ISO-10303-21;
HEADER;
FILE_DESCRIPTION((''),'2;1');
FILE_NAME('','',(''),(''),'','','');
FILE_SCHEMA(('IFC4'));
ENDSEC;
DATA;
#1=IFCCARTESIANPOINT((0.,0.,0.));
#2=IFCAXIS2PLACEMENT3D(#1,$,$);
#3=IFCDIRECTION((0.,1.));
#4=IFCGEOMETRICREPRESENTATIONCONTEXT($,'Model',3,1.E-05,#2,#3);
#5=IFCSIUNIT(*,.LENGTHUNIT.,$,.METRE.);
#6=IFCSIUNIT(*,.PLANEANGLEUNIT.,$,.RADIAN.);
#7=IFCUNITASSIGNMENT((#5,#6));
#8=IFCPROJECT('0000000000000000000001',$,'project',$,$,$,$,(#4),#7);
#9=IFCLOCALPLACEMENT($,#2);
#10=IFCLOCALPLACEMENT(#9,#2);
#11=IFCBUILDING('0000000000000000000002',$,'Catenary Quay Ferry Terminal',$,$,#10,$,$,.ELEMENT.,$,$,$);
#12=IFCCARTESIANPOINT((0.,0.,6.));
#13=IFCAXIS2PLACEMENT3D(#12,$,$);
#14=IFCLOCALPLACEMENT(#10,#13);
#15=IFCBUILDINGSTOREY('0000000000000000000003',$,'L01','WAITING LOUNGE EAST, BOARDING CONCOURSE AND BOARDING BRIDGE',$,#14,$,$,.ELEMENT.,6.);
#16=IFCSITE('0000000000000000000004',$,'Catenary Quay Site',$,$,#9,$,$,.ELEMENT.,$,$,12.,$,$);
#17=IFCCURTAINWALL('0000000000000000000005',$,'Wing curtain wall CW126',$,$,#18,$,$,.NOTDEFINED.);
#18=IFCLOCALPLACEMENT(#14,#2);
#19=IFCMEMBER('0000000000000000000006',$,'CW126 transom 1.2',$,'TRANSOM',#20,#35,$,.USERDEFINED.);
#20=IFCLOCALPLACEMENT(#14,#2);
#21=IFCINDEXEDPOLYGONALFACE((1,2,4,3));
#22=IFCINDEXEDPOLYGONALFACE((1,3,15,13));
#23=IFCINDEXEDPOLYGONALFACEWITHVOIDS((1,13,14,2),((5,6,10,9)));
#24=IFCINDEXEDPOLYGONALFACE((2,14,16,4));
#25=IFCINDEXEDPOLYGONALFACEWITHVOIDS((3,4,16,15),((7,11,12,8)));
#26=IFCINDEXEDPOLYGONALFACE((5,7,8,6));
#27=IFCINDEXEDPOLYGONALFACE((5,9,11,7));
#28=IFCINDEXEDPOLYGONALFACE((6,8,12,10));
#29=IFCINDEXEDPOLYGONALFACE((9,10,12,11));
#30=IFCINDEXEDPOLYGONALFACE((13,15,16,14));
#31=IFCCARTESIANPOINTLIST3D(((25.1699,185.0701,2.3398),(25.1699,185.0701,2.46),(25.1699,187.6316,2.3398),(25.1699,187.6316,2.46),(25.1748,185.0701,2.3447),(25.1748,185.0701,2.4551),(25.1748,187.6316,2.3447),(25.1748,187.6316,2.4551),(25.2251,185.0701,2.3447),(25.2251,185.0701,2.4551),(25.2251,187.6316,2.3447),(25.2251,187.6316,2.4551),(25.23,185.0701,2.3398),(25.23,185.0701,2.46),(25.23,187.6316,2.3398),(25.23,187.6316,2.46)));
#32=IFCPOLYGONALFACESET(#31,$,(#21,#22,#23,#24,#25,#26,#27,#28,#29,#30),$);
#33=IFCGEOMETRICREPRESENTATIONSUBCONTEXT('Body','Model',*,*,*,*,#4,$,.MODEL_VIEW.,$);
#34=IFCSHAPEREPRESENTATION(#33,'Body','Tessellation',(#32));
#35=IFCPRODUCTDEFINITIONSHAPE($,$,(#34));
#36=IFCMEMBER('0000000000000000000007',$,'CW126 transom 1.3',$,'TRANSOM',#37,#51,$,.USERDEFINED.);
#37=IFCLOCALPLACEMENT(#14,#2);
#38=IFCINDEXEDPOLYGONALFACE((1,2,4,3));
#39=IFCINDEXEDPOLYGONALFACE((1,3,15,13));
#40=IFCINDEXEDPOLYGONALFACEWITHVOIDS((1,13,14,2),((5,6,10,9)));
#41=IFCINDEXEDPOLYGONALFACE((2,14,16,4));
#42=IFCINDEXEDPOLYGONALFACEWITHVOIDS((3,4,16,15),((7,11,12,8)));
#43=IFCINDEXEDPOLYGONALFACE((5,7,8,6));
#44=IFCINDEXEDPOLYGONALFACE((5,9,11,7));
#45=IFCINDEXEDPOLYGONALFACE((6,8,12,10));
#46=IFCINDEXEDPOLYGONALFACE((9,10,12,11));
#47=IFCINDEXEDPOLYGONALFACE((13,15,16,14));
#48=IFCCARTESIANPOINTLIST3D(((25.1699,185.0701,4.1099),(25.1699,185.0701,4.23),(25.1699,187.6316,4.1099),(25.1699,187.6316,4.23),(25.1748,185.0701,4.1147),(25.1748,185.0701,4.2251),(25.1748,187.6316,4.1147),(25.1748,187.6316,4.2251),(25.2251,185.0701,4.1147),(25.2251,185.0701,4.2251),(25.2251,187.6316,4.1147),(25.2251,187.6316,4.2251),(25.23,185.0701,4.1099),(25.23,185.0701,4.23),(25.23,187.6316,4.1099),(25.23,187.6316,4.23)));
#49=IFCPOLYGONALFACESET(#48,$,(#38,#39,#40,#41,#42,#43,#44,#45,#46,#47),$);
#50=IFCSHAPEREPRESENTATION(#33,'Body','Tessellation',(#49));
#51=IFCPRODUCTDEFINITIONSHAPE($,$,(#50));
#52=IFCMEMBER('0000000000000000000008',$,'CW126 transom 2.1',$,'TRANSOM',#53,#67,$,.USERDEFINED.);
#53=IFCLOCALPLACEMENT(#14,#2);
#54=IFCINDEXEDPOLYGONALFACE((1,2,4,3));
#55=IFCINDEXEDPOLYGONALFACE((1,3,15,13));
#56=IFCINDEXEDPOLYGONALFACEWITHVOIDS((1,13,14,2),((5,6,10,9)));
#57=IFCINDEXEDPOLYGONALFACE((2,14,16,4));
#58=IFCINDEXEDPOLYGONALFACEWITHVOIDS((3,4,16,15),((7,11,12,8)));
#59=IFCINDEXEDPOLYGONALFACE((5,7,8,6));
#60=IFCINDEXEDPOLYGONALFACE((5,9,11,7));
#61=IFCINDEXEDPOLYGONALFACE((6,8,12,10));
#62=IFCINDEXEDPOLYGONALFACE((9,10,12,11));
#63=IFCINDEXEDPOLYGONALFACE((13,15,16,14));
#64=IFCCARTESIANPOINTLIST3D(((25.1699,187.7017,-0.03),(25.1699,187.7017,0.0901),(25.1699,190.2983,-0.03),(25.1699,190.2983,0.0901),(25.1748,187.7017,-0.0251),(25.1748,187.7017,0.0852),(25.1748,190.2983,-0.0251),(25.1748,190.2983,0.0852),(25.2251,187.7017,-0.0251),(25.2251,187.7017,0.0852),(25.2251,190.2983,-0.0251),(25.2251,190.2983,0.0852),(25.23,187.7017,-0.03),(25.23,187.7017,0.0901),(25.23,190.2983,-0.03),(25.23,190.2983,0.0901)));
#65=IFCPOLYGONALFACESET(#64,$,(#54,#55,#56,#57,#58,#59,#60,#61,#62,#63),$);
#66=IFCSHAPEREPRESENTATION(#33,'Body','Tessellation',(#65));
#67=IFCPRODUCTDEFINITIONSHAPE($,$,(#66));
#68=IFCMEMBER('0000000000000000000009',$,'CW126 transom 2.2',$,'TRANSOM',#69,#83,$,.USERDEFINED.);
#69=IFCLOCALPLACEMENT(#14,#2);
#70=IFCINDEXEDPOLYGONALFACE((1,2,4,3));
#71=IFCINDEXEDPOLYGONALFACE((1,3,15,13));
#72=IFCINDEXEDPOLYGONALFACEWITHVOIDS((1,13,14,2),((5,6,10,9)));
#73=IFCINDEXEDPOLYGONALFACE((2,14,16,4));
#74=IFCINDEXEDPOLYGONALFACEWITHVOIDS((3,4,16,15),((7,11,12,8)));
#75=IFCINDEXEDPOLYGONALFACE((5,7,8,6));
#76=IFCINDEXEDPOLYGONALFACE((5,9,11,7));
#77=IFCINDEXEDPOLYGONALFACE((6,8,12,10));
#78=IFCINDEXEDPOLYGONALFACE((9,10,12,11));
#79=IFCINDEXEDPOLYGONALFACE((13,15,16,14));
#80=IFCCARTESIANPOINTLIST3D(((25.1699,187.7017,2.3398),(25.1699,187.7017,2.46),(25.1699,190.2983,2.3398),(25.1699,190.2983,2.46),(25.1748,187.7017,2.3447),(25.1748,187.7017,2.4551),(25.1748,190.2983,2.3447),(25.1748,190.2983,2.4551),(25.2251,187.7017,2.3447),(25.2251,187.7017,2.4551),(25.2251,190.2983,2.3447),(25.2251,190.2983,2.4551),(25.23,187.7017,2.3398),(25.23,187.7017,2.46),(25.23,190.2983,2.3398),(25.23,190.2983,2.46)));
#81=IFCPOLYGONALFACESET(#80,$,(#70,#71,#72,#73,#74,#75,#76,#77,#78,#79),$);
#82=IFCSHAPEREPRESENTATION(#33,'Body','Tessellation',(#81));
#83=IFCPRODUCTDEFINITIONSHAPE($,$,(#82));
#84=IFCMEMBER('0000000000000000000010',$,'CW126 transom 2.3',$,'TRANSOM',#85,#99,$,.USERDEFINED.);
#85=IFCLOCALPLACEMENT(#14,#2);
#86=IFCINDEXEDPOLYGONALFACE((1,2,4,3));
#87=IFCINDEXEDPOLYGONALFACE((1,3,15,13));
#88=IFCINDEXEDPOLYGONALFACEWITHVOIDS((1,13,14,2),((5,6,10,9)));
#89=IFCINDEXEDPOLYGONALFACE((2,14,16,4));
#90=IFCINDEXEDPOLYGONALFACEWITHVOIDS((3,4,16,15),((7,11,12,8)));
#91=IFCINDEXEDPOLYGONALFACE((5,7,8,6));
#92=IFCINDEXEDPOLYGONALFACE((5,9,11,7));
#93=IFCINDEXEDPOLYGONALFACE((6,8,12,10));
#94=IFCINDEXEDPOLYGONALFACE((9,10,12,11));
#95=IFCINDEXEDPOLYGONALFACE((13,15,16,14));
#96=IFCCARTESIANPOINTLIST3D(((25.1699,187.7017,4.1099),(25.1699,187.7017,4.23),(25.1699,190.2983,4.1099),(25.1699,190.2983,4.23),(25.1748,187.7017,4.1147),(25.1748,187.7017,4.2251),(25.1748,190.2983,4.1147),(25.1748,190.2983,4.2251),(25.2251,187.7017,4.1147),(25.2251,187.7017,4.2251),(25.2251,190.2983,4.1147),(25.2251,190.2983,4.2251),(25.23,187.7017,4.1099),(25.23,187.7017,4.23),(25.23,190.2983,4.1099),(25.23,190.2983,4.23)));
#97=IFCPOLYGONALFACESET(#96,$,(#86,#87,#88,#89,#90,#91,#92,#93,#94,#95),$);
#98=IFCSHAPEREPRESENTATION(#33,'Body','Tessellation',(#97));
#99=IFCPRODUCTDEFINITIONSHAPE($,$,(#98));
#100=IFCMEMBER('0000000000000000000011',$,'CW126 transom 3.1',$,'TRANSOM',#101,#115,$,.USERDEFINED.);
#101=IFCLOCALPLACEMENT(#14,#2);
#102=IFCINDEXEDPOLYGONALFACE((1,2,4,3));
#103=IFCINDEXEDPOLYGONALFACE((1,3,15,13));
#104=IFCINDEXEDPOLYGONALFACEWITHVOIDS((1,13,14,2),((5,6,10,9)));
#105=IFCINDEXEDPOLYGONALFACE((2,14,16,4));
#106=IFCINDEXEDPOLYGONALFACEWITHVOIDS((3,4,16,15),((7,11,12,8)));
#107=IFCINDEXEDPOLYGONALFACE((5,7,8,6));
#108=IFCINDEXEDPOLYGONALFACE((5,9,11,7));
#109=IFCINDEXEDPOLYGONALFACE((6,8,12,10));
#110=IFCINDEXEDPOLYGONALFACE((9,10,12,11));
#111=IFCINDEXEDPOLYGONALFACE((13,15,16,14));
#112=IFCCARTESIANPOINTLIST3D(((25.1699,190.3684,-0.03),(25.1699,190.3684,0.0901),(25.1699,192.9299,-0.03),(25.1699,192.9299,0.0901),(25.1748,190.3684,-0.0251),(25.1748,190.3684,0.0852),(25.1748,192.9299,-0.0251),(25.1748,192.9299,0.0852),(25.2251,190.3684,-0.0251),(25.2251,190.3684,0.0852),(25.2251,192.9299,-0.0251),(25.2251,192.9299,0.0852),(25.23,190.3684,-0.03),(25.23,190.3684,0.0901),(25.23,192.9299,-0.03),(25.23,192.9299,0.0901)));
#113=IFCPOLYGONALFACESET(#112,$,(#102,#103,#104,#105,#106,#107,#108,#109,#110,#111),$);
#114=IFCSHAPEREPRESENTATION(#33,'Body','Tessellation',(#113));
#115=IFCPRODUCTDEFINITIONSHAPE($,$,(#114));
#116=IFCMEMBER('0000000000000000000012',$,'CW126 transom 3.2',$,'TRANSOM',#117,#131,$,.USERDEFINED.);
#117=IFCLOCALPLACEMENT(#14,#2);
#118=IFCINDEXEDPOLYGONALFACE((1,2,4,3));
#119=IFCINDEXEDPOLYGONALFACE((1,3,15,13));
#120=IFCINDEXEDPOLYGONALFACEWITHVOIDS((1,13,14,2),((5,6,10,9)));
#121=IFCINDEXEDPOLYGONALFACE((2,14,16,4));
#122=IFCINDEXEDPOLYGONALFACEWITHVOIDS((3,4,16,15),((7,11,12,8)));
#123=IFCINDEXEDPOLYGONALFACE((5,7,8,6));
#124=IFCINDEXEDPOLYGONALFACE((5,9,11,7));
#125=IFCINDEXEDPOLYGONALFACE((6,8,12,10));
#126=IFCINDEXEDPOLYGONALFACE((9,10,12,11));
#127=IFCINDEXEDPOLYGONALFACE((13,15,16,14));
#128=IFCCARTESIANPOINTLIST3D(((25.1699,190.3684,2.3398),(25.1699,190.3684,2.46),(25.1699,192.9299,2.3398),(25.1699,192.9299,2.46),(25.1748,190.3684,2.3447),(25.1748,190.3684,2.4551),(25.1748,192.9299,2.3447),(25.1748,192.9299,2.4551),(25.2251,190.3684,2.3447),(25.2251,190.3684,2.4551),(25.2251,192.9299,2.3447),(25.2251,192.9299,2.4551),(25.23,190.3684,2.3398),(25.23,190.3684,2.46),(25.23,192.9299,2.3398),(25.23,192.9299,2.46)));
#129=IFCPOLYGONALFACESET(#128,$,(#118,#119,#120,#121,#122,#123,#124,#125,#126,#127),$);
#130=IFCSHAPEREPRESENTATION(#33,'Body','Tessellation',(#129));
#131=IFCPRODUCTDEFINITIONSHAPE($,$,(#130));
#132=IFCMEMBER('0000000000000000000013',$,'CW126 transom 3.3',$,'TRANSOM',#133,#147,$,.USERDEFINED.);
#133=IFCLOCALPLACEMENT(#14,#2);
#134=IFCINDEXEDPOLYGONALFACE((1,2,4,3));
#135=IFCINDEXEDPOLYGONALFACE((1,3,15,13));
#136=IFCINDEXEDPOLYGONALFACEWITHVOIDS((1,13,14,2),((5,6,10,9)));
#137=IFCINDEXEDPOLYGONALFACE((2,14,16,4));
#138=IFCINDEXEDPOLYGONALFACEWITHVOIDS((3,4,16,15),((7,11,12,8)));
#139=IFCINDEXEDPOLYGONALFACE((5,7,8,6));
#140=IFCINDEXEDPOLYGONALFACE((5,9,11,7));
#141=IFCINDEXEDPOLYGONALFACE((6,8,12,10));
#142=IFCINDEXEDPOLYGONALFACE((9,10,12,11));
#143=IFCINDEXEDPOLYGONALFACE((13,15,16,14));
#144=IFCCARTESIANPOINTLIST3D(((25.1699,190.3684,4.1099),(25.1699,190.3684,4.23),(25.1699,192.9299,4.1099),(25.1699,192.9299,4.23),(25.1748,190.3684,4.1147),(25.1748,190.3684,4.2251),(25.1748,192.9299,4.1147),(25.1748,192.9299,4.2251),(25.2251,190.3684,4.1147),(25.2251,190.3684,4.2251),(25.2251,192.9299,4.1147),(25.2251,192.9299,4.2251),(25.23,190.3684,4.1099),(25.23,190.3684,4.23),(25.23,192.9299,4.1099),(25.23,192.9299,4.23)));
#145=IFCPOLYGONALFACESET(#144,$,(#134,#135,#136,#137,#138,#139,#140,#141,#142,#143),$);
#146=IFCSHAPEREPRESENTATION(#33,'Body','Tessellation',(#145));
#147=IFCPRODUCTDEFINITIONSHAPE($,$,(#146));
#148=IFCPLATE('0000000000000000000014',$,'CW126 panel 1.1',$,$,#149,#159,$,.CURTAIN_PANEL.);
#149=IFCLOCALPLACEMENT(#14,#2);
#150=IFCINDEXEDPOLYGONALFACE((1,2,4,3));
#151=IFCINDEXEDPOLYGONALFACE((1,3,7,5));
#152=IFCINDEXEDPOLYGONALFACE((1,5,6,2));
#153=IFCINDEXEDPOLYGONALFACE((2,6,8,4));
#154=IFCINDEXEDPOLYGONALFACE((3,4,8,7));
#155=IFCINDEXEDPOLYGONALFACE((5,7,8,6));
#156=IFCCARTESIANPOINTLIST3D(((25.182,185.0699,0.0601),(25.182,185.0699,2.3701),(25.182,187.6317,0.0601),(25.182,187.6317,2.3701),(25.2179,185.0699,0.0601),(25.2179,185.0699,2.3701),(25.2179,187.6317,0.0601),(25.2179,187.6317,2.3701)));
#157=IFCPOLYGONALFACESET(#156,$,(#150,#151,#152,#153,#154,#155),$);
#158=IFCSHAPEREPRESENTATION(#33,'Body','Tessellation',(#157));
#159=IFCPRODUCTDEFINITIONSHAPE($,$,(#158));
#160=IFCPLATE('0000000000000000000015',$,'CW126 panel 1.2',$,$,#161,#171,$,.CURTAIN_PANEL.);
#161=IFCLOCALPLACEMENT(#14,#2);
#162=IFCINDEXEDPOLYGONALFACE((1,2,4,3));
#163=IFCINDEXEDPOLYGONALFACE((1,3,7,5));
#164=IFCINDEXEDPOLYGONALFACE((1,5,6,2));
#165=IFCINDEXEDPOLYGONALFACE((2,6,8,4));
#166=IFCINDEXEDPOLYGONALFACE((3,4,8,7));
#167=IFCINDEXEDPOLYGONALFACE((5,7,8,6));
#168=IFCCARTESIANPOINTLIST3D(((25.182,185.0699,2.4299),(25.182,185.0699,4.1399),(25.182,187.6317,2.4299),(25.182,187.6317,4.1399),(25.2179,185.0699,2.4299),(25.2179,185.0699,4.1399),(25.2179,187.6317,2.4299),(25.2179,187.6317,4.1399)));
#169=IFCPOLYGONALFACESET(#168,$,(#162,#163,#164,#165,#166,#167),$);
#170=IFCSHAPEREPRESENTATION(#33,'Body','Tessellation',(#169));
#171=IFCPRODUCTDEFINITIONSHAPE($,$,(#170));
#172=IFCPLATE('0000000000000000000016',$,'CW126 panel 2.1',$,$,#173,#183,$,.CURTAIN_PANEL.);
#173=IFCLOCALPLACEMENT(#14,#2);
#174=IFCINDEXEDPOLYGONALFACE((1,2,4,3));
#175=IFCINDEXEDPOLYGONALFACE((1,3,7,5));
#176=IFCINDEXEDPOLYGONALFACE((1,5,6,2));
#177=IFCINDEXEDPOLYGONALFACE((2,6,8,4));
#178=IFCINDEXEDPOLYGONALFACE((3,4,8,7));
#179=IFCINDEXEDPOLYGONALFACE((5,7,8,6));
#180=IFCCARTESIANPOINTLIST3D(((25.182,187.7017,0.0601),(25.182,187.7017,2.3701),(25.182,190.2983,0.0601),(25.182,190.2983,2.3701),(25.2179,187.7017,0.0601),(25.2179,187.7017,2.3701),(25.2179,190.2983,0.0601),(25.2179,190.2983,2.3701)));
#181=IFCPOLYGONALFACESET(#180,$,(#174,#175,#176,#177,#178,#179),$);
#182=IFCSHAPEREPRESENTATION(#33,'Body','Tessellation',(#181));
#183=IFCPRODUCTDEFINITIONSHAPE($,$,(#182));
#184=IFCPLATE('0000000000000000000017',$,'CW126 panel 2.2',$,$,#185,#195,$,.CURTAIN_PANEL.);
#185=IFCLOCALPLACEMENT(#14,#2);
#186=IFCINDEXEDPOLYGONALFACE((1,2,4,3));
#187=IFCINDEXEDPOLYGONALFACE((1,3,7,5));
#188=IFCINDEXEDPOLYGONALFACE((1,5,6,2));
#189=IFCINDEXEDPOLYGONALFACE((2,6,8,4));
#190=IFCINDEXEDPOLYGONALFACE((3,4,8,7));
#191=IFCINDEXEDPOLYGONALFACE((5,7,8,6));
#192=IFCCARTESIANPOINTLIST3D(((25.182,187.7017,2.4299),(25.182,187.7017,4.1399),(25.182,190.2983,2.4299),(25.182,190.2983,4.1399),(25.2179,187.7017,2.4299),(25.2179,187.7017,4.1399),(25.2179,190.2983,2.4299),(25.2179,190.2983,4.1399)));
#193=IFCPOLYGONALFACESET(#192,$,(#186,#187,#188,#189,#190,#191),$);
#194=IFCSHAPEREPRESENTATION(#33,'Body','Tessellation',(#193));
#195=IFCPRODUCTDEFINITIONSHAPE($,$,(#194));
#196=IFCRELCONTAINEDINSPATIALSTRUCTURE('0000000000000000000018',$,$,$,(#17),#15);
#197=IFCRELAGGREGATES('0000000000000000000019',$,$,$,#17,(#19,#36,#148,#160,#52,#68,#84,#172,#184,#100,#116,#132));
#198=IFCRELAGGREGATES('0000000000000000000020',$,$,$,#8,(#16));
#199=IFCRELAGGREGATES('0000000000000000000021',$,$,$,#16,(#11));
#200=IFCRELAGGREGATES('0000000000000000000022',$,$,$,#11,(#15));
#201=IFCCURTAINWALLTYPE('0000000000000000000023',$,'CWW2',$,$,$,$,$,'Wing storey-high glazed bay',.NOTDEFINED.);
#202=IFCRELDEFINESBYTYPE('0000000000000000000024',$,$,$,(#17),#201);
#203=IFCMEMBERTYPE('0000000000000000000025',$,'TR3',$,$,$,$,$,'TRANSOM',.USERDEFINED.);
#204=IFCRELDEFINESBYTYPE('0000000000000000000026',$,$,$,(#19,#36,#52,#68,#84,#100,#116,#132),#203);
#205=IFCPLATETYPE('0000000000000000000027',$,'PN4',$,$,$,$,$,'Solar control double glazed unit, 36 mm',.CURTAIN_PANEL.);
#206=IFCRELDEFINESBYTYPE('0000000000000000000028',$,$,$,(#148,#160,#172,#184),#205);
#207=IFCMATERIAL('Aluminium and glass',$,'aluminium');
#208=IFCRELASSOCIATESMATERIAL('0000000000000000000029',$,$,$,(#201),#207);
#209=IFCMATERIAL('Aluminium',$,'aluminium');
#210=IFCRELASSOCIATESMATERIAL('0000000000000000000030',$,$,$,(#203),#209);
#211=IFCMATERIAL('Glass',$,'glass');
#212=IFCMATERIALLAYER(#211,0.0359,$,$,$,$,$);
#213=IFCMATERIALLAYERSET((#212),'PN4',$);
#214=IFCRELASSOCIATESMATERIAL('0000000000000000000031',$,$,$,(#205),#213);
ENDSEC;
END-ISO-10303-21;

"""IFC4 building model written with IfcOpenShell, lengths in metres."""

from ifc_helpers import new_model, si_unit, direction, frame, origin, origin_2d, place, context, subcontext, project, spatial, rectangle, hollow_rectangle, extrude, material, layer, layer_set, material_profile, profile_set, type_object, element, aggregate, save


model = new_model("IFC4")

# Units and contexts
model_context = context("Model", 3, precision=1e-05, world=origin(), true_north=direction((0.0, 1.0)))
body_context = subcontext(model_context, "Body", "Model", "MODEL_VIEW")
ifc_project = project(units=[si_unit("LENGTHUNIT", "METRE"), si_unit("PLANEANGLEUNIT", "RADIAN")], contexts=[model_context])

# Site, building, storey
site_placement = place(None, origin())
site = spatial("IfcSite", under=ifc_project, at=site_placement, Name="Catenary Quay Site", CompositionType="ELEMENT", RefElevation=12.0)
building_placement = place(site_placement, origin())
building = spatial("IfcBuilding", under=site, at=building_placement, Name="Catenary Quay Ferry Terminal", CompositionType="ELEMENT")
storey_placement = place(building_placement, frame((0.0, 0.0, 6.0)))
storey = spatial("IfcBuildingStorey", under=building, at=storey_placement, Name="L01", Description="WAITING LOUNGE EAST, BOARDING CONCOURSE AND BOARDING BRIDGE", CompositionType="ELEMENT", Elevation=6.0)

# Curtain wall, members, plates
ifc_material_1 = material(Name="Aluminium and glass", Category="aluminium")
curtain_wall_type = type_object("IfcCurtainWallType", Name="CWW2", ElementType="Wing storey-high glazed bay", PredefinedType="NOTDEFINED", material=ifc_material_1)
curtain_wall_placement = place(storey_placement, origin())
curtain_wall = element("IfcCurtainWall", 1, at=curtain_wall_placement, inside=storey, type_object=curtain_wall_type, Name="Wing curtain wall CW126", PredefinedType="NOTDEFINED")
ifc_material_2 = material(Name="Aluminium", Category="aluminium")
ifc_material_profile_1 = material_profile(ifc_material_2, hollow_rectangle(XDim=0.0601, YDim=0.1201, WallThickness=0.0049, at=origin_2d()), Name="TR3")
ifc_profile_set_1 = profile_set([ifc_material_profile_1], Name="Aluminium")
member_type_1 = type_object("IfcMemberType", Name="TR3", ElementType="TRANSOM", PredefinedType="USERDEFINED", material=ifc_profile_set_1)
member_1_placement = place(storey_placement, frame((25.2, 185.0701, 2.3999), z_axis=(0.0, 1.0, 0.0), x_axis=(-1.0, 0.0, 0.0)))
member_1 = element("IfcMember", 2, at=member_1_placement, type_object=member_type_1, Name="CW126 transom 1.2", ObjectType="TRANSOM", PredefinedType="USERDEFINED", context=body_context, shape_type="SweptSolid", body=[
    extrude(hollow_rectangle(XDim=0.0601, YDim=0.1201, WallThickness=0.0049, at=origin_2d()), origin(), (0.0, 0.0, 1.0), 2.5615),
])
member_2_placement = place(storey_placement, frame((25.2, 185.0701, 4.1699), z_axis=(0.0, 1.0, 0.0), x_axis=(-1.0, 0.0, 0.0)))
member_2 = element("IfcMember", 3, at=member_2_placement, type_object=member_type_1, Name="CW126 transom 1.3", ObjectType="TRANSOM", PredefinedType="USERDEFINED", context=body_context, shape_type="SweptSolid", body=[
    extrude(hollow_rectangle(XDim=0.0601, YDim=0.1201, WallThickness=0.0049, at=origin_2d()), origin(), (0.0, 0.0, 1.0), 2.5615),
])
member_3_placement = place(storey_placement, frame((25.2, 187.7017, 0.03), z_axis=(0.0, 1.0, 0.0), x_axis=(-1.0, 0.0, 0.0)))
member_3 = element("IfcMember", 4, at=member_3_placement, type_object=member_type_1, Name="CW126 transom 2.1", ObjectType="TRANSOM", PredefinedType="USERDEFINED", context=body_context, shape_type="SweptSolid", body=[
    extrude(hollow_rectangle(XDim=0.0601, YDim=0.1201, WallThickness=0.0049, at=origin_2d()), origin(), (0.0, 0.0, 1.0), 2.5967),
])
member_4_placement = place(storey_placement, frame((25.2, 187.7017, 2.3999), z_axis=(0.0, 1.0, 0.0), x_axis=(-1.0, 0.0, 0.0)))
member_4 = element("IfcMember", 5, at=member_4_placement, type_object=member_type_1, Name="CW126 transom 2.2", ObjectType="TRANSOM", PredefinedType="USERDEFINED", context=body_context, shape_type="SweptSolid", body=[
    extrude(hollow_rectangle(XDim=0.0601, YDim=0.1201, WallThickness=0.0049, at=origin_2d()), origin(), (0.0, 0.0, 1.0), 2.5967),
])
member_5_placement = place(storey_placement, frame((25.2, 187.7017, 4.1699), z_axis=(0.0, 1.0, 0.0), x_axis=(-1.0, 0.0, 0.0)))
member_5 = element("IfcMember", 6, at=member_5_placement, type_object=member_type_1, Name="CW126 transom 2.3", ObjectType="TRANSOM", PredefinedType="USERDEFINED", context=body_context, shape_type="SweptSolid", body=[
    extrude(hollow_rectangle(XDim=0.0601, YDim=0.1201, WallThickness=0.0049, at=origin_2d()), origin(), (0.0, 0.0, 1.0), 2.5967),
])
member_6_placement = place(storey_placement, frame((25.2, 190.3684, 0.03), z_axis=(0.0, 1.0, 0.0), x_axis=(-1.0, 0.0, 0.0)))
member_6 = element("IfcMember", 7, at=member_6_placement, type_object=member_type_1, Name="CW126 transom 3.1", ObjectType="TRANSOM", PredefinedType="USERDEFINED", context=body_context, shape_type="SweptSolid", body=[
    extrude(hollow_rectangle(XDim=0.0601, YDim=0.1201, WallThickness=0.0049, at=origin_2d()), origin(), (0.0, 0.0, 1.0), 2.5615),
])
member_7_placement = place(storey_placement, frame((25.2, 190.3684, 2.3999), z_axis=(0.0, 1.0, 0.0), x_axis=(-1.0, 0.0, 0.0)))
member_7 = element("IfcMember", 8, at=member_7_placement, type_object=member_type_1, Name="CW126 transom 3.2", ObjectType="TRANSOM", PredefinedType="USERDEFINED", context=body_context, shape_type="SweptSolid", body=[
    extrude(hollow_rectangle(XDim=0.0601, YDim=0.1201, WallThickness=0.0049, at=origin_2d()), origin(), (0.0, 0.0, 1.0), 2.5615),
])
member_8_placement = place(storey_placement, frame((25.2, 190.3684, 4.1699), z_axis=(0.0, 1.0, 0.0), x_axis=(-1.0, 0.0, 0.0)))
member_8 = element("IfcMember", 9, at=member_8_placement, type_object=member_type_1, Name="CW126 transom 3.3", ObjectType="TRANSOM", PredefinedType="USERDEFINED", context=body_context, shape_type="SweptSolid", body=[
    extrude(hollow_rectangle(XDim=0.0601, YDim=0.1201, WallThickness=0.0049, at=origin_2d()), origin(), (0.0, 0.0, 1.0), 2.5615),
])
ifc_material_3 = material(Name="Glass", Category="glass")
ifc_layer_1 = layer(ifc_material_3, 0.0359)
ifc_layer_set_1 = layer_set([ifc_layer_1], Name="PN4")
plate_type = type_object("IfcPlateType", Name="PN4", ElementType="Solar control double glazed unit, 36 mm", PredefinedType="CURTAIN_PANEL", material=ifc_layer_set_1)
plate_1_placement = place(storey_placement, frame((25.2, 186.3508, 0.0601), z_axis=(0.0, 0.0, 1.0), x_axis=(0.0, 1.0, 0.0)))
plate_1 = element("IfcPlate", 10, at=plate_1_placement, type_object=plate_type, Name="CW126 panel 1.1", PredefinedType="CURTAIN_PANEL", context=body_context, shape_type="SweptSolid", body=[
    extrude(rectangle(XDim=2.5618, YDim=0.0359, at=origin_2d()), origin(), (0.0, 0.0, 1.0), 2.3101),
])
plate_2_placement = place(storey_placement, frame((25.2, 186.3508, 2.4299), z_axis=(0.0, 0.0, 1.0), x_axis=(0.0, 1.0, 0.0)))
plate_2 = element("IfcPlate", 11, at=plate_2_placement, type_object=plate_type, Name="CW126 panel 1.2", PredefinedType="CURTAIN_PANEL", context=body_context, shape_type="SweptSolid", body=[
    extrude(rectangle(XDim=2.5618, YDim=0.0359, at=origin_2d()), origin(), (0.0, 0.0, 1.0), 1.71),
])
plate_3_placement = place(storey_placement, frame((25.2, 189.0, 0.0601), z_axis=(0.0, 0.0, 1.0), x_axis=(0.0, 1.0, 0.0)))
plate_3 = element("IfcPlate", 12, at=plate_3_placement, type_object=plate_type, Name="CW126 panel 2.1", PredefinedType="CURTAIN_PANEL", context=body_context, shape_type="SweptSolid", body=[
    extrude(rectangle(XDim=2.5967, YDim=0.0359, at=origin_2d()), origin(), (0.0, 0.0, 1.0), 2.3101),
])
plate_4_placement = place(storey_placement, frame((25.2, 189.0, 2.4299), z_axis=(0.0, 0.0, 1.0), x_axis=(0.0, 1.0, 0.0)))
plate_4 = element("IfcPlate", 13, at=plate_4_placement, type_object=plate_type, Name="CW126 panel 2.2", PredefinedType="CURTAIN_PANEL", context=body_context, shape_type="SweptSolid", body=[
    extrude(rectangle(XDim=2.5967, YDim=0.0359, at=origin_2d()), origin(), (0.0, 0.0, 1.0), 1.71),
])
aggregate(curtain_wall, [member_1, member_2, plate_1, plate_2, member_3, member_4, member_5, plate_3, plate_4, member_6, member_7, member_8])

save(model, "model.ifc")
